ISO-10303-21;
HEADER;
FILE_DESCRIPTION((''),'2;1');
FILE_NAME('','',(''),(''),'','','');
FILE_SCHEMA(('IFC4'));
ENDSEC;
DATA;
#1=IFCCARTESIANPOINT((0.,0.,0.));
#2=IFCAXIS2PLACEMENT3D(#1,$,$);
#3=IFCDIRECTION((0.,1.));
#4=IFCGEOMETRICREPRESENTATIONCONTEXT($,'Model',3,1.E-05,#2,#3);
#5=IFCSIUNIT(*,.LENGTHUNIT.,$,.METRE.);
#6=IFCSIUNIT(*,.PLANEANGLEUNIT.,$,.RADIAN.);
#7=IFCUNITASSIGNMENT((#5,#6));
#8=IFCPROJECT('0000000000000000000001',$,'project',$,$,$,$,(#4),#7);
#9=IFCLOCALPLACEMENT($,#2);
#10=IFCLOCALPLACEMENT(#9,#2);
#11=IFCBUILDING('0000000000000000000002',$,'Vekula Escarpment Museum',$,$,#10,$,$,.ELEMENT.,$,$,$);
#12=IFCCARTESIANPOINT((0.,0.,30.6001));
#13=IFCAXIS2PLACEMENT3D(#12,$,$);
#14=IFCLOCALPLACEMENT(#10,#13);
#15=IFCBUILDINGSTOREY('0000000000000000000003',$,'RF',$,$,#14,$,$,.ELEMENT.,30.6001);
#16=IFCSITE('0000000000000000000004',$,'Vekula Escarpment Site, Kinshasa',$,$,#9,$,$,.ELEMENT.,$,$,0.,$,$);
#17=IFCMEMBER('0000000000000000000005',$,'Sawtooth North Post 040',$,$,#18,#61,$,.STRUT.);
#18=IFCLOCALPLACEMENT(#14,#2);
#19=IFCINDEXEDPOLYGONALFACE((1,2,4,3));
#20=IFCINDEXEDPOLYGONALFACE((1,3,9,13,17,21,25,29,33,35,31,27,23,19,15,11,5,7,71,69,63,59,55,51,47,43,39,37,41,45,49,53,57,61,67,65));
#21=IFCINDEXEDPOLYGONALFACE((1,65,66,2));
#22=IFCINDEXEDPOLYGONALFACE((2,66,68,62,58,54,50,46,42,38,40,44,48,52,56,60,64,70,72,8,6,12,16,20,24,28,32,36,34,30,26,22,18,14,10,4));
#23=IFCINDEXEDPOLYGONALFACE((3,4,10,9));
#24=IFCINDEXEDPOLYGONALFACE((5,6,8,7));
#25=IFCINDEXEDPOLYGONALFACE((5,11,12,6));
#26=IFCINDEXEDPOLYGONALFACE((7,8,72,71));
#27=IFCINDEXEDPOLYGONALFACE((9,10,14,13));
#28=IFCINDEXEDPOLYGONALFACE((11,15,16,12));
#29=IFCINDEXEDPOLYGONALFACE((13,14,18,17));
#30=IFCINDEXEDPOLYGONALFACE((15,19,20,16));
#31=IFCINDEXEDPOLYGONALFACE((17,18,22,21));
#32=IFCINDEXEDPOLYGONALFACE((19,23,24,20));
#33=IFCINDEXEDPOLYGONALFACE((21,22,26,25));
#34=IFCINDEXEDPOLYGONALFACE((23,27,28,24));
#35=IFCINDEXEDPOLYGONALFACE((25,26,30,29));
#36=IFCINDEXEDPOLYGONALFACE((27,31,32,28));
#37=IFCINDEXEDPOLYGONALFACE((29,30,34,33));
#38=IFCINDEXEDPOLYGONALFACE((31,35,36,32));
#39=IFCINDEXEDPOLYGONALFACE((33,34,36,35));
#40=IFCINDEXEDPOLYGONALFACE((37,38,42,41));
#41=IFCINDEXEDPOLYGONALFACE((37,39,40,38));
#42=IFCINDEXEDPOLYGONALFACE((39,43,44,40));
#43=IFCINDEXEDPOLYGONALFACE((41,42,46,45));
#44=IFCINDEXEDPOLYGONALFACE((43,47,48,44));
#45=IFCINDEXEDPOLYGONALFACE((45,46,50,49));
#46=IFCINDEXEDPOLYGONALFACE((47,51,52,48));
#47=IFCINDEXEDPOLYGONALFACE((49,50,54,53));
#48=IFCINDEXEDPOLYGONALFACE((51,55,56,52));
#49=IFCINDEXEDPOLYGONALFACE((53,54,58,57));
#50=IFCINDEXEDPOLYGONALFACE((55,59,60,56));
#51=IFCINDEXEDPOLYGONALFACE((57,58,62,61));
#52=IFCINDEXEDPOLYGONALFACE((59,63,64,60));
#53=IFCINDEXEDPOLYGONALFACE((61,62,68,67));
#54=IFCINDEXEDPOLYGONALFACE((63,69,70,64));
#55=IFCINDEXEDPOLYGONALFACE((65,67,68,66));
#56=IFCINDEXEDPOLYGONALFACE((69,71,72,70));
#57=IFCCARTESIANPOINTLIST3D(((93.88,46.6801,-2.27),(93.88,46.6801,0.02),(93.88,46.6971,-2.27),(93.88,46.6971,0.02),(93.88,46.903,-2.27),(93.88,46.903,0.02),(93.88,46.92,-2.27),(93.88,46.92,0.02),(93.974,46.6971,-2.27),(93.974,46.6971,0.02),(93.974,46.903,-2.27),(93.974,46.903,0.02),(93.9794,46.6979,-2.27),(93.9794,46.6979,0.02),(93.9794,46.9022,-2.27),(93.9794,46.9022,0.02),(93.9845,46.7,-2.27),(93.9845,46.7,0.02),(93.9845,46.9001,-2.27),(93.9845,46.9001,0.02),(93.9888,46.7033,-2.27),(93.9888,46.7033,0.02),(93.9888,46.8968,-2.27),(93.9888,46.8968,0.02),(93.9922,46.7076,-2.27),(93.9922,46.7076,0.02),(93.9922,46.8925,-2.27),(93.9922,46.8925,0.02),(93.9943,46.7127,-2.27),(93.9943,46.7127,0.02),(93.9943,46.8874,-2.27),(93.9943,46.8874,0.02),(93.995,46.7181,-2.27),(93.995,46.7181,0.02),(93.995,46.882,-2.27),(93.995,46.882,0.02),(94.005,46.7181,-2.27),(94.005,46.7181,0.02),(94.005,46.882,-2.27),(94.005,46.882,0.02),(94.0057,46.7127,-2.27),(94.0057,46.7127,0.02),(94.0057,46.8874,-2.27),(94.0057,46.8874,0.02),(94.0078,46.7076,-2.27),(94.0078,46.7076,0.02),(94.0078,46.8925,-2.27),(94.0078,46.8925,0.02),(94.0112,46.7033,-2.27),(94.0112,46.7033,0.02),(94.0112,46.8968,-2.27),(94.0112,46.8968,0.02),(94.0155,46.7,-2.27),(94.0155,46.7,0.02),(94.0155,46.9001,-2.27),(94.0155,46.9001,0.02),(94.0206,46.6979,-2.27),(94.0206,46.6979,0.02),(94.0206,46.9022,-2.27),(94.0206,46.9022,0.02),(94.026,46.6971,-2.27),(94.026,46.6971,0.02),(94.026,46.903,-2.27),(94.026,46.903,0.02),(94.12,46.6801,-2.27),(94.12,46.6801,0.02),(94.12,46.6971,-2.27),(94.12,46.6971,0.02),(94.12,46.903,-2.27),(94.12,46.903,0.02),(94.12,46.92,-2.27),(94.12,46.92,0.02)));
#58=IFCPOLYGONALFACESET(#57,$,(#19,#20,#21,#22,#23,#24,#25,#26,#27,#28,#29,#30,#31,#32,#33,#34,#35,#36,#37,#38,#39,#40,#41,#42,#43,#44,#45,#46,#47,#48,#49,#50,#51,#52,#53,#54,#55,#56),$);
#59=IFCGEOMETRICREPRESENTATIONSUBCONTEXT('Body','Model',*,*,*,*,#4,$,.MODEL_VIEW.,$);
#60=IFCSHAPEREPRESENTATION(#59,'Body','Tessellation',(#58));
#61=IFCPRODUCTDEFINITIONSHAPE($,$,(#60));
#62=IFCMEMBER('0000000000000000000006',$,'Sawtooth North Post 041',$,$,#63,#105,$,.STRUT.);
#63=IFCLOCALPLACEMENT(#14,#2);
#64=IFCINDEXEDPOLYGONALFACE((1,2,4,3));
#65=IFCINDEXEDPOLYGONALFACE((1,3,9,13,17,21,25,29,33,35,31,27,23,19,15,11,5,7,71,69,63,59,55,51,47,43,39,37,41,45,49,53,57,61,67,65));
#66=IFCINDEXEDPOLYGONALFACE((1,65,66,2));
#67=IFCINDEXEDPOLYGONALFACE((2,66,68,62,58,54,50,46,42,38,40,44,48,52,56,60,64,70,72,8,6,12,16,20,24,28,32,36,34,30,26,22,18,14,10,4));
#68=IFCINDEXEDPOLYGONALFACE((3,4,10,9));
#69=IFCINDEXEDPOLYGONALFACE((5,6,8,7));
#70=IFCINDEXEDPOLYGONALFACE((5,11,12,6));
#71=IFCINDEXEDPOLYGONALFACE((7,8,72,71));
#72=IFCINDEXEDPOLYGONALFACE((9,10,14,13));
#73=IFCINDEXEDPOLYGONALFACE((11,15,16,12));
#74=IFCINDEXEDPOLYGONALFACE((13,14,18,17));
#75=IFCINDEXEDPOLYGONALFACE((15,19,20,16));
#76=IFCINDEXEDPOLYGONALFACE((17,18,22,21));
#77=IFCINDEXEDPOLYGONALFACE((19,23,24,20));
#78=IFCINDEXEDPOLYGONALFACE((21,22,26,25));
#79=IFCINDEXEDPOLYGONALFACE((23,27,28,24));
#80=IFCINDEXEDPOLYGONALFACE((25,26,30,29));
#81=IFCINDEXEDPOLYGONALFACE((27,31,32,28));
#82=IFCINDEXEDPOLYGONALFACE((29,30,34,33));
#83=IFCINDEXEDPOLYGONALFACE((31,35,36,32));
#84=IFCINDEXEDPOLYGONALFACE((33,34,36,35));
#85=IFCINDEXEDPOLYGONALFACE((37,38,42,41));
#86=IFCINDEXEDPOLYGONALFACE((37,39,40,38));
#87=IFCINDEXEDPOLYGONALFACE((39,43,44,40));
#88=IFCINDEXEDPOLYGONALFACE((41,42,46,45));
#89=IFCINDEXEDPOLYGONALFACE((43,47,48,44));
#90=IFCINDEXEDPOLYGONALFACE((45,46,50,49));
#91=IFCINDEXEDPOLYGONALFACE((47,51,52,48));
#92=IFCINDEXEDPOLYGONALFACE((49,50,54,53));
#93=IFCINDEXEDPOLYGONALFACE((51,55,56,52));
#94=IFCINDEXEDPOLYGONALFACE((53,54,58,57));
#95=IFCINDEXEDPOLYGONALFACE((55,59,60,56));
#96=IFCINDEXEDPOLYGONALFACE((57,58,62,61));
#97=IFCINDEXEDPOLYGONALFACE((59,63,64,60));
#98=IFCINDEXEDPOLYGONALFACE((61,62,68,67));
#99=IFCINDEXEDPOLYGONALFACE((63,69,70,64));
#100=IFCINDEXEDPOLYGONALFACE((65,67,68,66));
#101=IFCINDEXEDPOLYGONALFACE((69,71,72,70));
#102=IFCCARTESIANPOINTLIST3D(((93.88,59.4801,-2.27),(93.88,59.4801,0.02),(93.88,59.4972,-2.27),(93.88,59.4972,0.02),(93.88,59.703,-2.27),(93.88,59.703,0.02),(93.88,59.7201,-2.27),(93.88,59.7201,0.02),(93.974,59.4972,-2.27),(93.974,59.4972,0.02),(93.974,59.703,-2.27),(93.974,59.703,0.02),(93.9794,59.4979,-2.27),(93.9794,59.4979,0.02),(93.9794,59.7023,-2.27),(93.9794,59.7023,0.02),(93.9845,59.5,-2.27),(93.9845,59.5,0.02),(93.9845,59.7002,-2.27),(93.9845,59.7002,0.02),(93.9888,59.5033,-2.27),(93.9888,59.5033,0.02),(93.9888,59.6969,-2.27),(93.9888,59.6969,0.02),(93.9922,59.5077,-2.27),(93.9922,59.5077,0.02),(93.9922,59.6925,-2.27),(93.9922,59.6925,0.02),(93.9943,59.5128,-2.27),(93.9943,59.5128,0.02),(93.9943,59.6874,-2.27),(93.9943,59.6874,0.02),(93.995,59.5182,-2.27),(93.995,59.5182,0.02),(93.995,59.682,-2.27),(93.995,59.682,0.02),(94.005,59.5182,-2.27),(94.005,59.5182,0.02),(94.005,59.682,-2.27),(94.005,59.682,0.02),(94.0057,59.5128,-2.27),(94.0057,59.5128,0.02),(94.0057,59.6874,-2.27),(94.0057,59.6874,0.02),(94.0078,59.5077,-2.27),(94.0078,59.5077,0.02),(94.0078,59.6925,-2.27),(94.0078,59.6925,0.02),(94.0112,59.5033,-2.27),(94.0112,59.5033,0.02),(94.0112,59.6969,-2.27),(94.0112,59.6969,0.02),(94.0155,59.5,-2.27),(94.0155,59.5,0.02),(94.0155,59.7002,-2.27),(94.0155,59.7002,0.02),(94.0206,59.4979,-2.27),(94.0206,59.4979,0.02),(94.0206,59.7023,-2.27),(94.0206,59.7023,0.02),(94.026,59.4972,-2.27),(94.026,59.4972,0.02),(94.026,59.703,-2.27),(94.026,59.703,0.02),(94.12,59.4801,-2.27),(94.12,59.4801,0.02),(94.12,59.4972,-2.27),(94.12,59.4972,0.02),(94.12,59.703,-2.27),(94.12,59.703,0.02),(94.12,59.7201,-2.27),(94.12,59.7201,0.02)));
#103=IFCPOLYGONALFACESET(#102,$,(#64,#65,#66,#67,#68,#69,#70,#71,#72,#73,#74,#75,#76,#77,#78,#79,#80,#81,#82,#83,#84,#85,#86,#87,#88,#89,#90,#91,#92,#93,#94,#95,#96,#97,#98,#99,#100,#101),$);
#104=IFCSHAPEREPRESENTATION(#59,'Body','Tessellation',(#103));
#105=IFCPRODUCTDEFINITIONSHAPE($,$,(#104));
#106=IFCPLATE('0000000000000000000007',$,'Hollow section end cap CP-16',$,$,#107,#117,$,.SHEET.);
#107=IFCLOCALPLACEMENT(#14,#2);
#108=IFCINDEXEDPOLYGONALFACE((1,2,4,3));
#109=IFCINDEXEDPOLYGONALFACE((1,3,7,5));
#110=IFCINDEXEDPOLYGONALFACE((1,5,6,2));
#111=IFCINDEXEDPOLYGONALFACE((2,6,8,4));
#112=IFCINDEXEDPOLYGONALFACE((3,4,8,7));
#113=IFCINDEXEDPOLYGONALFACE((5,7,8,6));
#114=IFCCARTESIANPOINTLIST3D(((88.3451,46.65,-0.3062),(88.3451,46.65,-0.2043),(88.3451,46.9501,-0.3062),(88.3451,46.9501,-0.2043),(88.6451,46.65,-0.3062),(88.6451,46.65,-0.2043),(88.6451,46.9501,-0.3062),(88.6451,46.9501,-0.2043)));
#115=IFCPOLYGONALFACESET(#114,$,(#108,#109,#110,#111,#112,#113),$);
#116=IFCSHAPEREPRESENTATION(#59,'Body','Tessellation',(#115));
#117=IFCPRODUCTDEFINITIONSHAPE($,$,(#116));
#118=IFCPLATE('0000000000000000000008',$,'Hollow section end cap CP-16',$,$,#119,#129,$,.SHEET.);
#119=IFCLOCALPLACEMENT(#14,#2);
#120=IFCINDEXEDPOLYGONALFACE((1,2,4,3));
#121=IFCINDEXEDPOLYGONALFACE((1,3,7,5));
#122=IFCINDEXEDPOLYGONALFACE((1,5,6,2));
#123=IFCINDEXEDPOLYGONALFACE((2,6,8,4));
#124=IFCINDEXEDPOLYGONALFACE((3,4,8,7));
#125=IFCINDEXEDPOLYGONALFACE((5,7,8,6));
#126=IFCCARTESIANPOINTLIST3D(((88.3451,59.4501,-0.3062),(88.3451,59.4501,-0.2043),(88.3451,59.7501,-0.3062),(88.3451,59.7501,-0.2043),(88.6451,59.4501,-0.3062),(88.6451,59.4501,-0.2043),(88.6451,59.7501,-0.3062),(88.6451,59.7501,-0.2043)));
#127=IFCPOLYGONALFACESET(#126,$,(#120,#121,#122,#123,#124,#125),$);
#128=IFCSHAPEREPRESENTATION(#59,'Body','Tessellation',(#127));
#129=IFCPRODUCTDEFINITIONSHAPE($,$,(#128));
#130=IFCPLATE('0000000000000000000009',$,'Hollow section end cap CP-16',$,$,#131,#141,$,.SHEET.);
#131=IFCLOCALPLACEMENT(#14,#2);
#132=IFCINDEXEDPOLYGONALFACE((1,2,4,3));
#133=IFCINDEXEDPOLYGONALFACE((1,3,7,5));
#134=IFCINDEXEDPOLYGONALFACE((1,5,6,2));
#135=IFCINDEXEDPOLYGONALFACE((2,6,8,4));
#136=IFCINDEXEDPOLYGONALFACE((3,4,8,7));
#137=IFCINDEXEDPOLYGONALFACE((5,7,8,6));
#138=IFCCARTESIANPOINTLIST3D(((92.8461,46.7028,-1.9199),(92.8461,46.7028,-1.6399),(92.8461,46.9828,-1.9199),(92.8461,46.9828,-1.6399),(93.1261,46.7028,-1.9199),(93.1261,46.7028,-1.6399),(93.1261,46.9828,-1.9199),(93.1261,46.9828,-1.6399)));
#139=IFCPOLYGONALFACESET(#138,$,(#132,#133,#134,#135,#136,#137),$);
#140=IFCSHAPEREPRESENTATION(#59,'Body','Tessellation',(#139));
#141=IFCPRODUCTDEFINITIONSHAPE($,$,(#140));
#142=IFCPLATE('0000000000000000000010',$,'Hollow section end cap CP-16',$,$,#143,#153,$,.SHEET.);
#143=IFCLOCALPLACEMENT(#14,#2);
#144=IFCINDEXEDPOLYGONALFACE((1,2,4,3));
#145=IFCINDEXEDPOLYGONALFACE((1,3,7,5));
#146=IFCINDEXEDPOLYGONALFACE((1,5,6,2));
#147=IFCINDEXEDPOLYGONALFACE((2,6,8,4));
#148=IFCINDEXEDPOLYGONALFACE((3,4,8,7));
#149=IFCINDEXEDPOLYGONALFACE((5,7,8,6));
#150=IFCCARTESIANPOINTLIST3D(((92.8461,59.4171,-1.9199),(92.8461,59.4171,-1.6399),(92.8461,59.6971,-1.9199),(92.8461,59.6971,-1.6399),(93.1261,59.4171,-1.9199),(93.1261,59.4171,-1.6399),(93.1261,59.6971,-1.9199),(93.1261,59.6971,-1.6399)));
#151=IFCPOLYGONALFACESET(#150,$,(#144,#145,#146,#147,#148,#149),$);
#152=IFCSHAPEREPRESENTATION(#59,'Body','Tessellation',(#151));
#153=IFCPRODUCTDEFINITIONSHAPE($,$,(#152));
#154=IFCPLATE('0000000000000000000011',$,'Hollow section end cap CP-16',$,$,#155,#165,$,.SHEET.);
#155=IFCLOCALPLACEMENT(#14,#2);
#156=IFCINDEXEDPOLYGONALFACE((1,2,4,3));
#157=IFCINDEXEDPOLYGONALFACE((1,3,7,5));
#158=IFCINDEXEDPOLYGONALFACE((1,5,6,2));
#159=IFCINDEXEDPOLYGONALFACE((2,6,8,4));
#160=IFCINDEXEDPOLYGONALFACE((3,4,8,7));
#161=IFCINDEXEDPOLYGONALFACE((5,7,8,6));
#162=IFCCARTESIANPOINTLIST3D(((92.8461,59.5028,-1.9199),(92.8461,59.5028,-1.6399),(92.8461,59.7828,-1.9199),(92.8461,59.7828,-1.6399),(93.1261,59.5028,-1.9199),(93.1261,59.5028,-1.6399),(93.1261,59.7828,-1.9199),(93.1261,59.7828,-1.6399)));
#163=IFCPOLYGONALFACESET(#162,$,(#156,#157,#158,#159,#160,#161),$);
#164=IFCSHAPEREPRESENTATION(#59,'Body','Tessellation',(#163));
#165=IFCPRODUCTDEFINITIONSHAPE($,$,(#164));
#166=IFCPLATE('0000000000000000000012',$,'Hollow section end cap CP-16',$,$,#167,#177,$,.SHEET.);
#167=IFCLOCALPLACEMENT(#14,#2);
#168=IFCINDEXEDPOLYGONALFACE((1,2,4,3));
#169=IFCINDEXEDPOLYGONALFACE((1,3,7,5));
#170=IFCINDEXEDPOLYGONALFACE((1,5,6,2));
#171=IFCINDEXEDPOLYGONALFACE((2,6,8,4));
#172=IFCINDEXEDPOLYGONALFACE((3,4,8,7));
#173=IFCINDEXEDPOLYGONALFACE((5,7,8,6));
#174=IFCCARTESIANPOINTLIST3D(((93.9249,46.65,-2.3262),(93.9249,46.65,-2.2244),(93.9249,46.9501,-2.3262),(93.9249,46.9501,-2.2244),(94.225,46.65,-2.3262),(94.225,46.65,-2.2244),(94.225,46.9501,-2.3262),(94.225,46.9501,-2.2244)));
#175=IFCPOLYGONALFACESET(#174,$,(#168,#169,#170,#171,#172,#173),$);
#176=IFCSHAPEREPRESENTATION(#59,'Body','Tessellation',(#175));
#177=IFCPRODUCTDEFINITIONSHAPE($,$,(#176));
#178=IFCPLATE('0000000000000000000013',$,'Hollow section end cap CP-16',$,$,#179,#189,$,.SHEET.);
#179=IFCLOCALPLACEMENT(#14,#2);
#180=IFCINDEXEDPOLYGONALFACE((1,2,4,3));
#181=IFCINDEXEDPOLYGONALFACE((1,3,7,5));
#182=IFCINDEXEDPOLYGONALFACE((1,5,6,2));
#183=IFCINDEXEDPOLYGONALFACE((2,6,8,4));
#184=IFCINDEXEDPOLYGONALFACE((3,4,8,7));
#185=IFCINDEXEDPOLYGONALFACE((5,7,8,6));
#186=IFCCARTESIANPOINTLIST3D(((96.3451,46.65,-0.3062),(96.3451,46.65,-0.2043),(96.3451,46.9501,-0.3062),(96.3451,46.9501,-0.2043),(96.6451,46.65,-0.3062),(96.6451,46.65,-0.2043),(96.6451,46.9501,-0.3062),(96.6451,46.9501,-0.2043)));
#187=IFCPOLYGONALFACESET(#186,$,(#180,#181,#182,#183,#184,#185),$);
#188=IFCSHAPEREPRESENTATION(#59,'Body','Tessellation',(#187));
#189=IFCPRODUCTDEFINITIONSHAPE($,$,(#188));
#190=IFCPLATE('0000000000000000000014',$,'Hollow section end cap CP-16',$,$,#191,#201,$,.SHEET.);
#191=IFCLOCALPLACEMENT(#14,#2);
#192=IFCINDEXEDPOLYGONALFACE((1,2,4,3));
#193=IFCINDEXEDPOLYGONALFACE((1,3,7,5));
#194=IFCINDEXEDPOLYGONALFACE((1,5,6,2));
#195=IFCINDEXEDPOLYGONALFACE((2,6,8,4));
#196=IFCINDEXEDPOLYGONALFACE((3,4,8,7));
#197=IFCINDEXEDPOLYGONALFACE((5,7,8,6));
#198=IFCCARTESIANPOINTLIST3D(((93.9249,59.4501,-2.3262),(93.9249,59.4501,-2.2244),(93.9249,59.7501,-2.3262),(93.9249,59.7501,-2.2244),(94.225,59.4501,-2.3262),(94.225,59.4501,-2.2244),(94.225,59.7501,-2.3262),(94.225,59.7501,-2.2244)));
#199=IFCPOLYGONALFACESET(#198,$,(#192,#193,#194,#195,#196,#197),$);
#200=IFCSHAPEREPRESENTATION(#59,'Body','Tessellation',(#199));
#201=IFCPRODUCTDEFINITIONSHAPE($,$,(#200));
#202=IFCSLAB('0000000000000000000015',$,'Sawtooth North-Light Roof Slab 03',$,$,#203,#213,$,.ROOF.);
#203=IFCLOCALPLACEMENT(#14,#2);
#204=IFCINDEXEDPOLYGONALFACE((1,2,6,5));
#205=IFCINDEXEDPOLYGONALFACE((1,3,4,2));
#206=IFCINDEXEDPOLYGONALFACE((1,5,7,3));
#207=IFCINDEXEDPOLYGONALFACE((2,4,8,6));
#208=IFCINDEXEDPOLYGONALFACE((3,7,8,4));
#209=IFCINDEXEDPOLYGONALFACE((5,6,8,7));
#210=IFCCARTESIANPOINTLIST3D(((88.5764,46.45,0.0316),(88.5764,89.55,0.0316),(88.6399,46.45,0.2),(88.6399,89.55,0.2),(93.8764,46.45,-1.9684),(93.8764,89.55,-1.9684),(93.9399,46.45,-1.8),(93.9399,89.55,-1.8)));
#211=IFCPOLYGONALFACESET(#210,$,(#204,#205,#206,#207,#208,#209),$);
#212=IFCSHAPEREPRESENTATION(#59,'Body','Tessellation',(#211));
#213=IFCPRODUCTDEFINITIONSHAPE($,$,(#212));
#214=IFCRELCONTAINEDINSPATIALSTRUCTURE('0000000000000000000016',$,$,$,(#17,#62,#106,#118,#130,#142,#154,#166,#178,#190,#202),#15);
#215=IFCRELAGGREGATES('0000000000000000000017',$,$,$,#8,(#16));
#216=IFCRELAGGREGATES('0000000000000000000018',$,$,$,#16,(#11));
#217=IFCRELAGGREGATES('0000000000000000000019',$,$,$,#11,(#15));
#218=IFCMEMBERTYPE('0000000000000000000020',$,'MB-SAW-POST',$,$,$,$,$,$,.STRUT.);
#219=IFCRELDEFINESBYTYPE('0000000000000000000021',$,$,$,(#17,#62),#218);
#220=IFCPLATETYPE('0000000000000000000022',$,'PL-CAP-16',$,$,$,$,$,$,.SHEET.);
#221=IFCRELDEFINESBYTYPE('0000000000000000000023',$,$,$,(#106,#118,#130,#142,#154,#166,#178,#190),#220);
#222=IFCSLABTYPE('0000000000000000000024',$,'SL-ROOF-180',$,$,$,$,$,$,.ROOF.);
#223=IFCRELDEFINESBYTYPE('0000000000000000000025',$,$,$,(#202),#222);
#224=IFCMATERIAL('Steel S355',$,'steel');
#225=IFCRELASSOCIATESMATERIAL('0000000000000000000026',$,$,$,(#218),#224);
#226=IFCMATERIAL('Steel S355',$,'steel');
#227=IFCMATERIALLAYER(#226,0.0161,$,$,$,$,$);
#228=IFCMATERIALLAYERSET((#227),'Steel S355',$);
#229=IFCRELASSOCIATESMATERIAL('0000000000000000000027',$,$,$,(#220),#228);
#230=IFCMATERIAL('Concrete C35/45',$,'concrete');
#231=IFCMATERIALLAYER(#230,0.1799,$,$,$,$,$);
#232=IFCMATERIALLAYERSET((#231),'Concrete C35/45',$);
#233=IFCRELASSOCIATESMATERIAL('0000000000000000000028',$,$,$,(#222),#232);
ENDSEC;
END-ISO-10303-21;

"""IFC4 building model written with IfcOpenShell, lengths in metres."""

from ifc_helpers import new_model, si_unit, direction, frame, origin, origin_2d, place, context, subcontext, project, spatial, polyline, rectangle, i_section, outline, extrude, material, layer, layer_set, material_profile, profile_set, type_object, element, save


model = new_model("IFC4")

# Units and contexts
model_context = context("Model", 3, precision=1e-05, world=origin(), true_north=direction((0.0, 1.0)))
body_context = subcontext(model_context, "Body", "Model", "MODEL_VIEW")
ifc_project = project(units=[si_unit("LENGTHUNIT", "METRE"), si_unit("PLANEANGLEUNIT", "RADIAN")], contexts=[model_context])

# Site, building, storey
site_placement = place(None, origin())
site = spatial("IfcSite", under=ifc_project, at=site_placement, Name="Vekula Escarpment Site, Kinshasa", CompositionType="ELEMENT", RefElevation=0.0)
building_placement = place(site_placement, origin())
building = spatial("IfcBuilding", under=site, at=building_placement, Name="Vekula Escarpment Museum", CompositionType="ELEMENT")
storey_placement = place(building_placement, frame((0.0, 0.0, 30.6001)))
storey = spatial("IfcBuildingStorey", under=building, at=storey_placement, Name="RF", CompositionType="ELEMENT", Elevation=30.6001)

# Members
ifc_material_1 = material(Name="Steel S355", Category="steel")
ifc_material_profile_1 = material_profile(ifc_material_1, i_section(OverallWidth=0.24, OverallDepth=0.24, WebThickness=0.01, FlangeThickness=0.0171, FilletRadius=0.021, at=origin_2d()), Name="HEB 240")
ifc_profile_set_1 = profile_set([ifc_material_profile_1], Name="Steel S355")
member_type_1 = type_object("IfcMemberType", Name="MB-SAW-POST", PredefinedType="STRUT", material=ifc_profile_set_1)
for number, where, z_axis, x_axis, name in (
    (1, (94.0, 46.8, -2.27), (0.0, 0.0, 1.0), (1.0, 0.0, 0.0), "Sawtooth North Post 040"),
    (2, (94.0, 59.6001, -2.27), (0.0, 0.0, 1.0), (1.0, 0.0, 0.0), "Sawtooth North Post 041"),
):
    element("IfcMember", number, at=place(storey_placement, frame(where, z_axis=z_axis, x_axis=x_axis)), inside=storey, type_object=member_type_1, Name=name, PredefinedType="STRUT", context=body_context, shape_type="SweptSolid", body=[
        extrude(i_section(OverallWidth=0.24, OverallDepth=0.24, WebThickness=0.01, FlangeThickness=0.0171, FilletRadius=0.021, at=origin_2d()), origin(), (0.0, 0.0, 1.0), 2.29),
    ])

# Plates
ifc_material_2 = material(Name="Steel S355", Category="steel")
ifc_layer_1 = layer(ifc_material_2, 0.0161)
ifc_layer_set_1 = layer_set([ifc_layer_1], Name="Steel S355")
plate_type = type_object("IfcPlateType", Name="PL-CAP-16", PredefinedType="SHEET", material=ifc_layer_set_1)
for number, where, z_axis, x_axis, name in (
    (3, (88.4951, 46.8, -0.3062), (0.0, 0.0, 1.0), (1.0, 0.0, 0.0), "Hollow section end cap CP-16"),
    (4, (88.4951, 59.6001, -0.3062), (0.0, 0.0, 1.0), (1.0, 0.0, 0.0), "Hollow section end cap CP-16"),
):
    element("IfcPlate", number, at=place(storey_placement, frame(where, z_axis=z_axis, x_axis=x_axis)), inside=storey, type_object=plate_type, Name=name, PredefinedType="SHEET", context=body_context, shape_type="SweptSolid", body=[
        extrude(rectangle(XDim=0.3, YDim=0.3, at=origin_2d()), origin(), (0.0, 0.0, 1.0), 0.1018),
    ])
for number, where, z_axis, x_axis, name in (
    (5, (92.9861, 46.8428, -1.9199), (0.0, 0.0, 1.0), (1.0, 0.0, 0.0), "Hollow section end cap CP-16"),
    (6, (92.9861, 59.5571, -1.9199), (0.0, 0.0, 1.0), (1.0, 0.0, 0.0), "Hollow section end cap CP-16"),
    (7, (92.9861, 59.6428, -1.9199), (0.0, 0.0, 1.0), (1.0, 0.0, 0.0), "Hollow section end cap CP-16"),
):
    element("IfcPlate", number, at=place(storey_placement, frame(where, z_axis=z_axis, x_axis=x_axis)), inside=storey, type_object=plate_type, Name=name, PredefinedType="SHEET", context=body_context, shape_type="SweptSolid", body=[
        extrude(rectangle(XDim=0.28, YDim=0.28, at=origin_2d()), origin(), (0.0, 0.0, 1.0), 0.28),
    ])
for number, where, z_axis, x_axis, name in (
    (8, (94.075, 46.8, -2.3262), (0.0, 0.0, 1.0), (1.0, 0.0, 0.0), "Hollow section end cap CP-16"),
    (9, (96.4951, 46.8, -0.3062), (0.0, 0.0, 1.0), (1.0, 0.0, 0.0), "Hollow section end cap CP-16"),
    (10, (94.075, 59.6001, -2.3262), (0.0, 0.0, 1.0), (1.0, 0.0, 0.0), "Hollow section end cap CP-16"),
):
    element("IfcPlate", number, at=place(storey_placement, frame(where, z_axis=z_axis, x_axis=x_axis)), inside=storey, type_object=plate_type, Name=name, PredefinedType="SHEET", context=body_context, shape_type="SweptSolid", body=[
        extrude(rectangle(XDim=0.3, YDim=0.3, at=origin_2d()), origin(), (0.0, 0.0, 1.0), 0.1018),
    ])

# Slab
ifc_material_3 = material(Name="Concrete C35/45", Category="concrete")
ifc_layer_2 = layer(ifc_material_3, 0.1799)
ifc_layer_set_2 = layer_set([ifc_layer_2], Name="Concrete C35/45")
slab_type = type_object("IfcSlabType", Name="SL-ROOF-180", PredefinedType="ROOF", material=ifc_layer_set_2)
slab_placement = place(storey_placement, frame((88.6399, 46.45, 0.2), z_axis=(0.353054, 0.0, 0.935603), x_axis=(0.935603, 0.0, -0.353054)))
element("IfcSlab", 11, at=slab_placement, inside=storey, type_object=slab_type, Name="Sawtooth North-Light Roof Slab 03", PredefinedType="ROOF", context=body_context, shape_type="SweptSolid", body=[
    extrude(outline(polyline([(0.0, 0.0), (5.6648, 0.0), (5.6648, 43.1001), (0.0, 43.1001), (0.0, 0.0)])), origin(), (0.0, 0.0, -1.0), 0.1799),
])

save(model, "model.ifc")
